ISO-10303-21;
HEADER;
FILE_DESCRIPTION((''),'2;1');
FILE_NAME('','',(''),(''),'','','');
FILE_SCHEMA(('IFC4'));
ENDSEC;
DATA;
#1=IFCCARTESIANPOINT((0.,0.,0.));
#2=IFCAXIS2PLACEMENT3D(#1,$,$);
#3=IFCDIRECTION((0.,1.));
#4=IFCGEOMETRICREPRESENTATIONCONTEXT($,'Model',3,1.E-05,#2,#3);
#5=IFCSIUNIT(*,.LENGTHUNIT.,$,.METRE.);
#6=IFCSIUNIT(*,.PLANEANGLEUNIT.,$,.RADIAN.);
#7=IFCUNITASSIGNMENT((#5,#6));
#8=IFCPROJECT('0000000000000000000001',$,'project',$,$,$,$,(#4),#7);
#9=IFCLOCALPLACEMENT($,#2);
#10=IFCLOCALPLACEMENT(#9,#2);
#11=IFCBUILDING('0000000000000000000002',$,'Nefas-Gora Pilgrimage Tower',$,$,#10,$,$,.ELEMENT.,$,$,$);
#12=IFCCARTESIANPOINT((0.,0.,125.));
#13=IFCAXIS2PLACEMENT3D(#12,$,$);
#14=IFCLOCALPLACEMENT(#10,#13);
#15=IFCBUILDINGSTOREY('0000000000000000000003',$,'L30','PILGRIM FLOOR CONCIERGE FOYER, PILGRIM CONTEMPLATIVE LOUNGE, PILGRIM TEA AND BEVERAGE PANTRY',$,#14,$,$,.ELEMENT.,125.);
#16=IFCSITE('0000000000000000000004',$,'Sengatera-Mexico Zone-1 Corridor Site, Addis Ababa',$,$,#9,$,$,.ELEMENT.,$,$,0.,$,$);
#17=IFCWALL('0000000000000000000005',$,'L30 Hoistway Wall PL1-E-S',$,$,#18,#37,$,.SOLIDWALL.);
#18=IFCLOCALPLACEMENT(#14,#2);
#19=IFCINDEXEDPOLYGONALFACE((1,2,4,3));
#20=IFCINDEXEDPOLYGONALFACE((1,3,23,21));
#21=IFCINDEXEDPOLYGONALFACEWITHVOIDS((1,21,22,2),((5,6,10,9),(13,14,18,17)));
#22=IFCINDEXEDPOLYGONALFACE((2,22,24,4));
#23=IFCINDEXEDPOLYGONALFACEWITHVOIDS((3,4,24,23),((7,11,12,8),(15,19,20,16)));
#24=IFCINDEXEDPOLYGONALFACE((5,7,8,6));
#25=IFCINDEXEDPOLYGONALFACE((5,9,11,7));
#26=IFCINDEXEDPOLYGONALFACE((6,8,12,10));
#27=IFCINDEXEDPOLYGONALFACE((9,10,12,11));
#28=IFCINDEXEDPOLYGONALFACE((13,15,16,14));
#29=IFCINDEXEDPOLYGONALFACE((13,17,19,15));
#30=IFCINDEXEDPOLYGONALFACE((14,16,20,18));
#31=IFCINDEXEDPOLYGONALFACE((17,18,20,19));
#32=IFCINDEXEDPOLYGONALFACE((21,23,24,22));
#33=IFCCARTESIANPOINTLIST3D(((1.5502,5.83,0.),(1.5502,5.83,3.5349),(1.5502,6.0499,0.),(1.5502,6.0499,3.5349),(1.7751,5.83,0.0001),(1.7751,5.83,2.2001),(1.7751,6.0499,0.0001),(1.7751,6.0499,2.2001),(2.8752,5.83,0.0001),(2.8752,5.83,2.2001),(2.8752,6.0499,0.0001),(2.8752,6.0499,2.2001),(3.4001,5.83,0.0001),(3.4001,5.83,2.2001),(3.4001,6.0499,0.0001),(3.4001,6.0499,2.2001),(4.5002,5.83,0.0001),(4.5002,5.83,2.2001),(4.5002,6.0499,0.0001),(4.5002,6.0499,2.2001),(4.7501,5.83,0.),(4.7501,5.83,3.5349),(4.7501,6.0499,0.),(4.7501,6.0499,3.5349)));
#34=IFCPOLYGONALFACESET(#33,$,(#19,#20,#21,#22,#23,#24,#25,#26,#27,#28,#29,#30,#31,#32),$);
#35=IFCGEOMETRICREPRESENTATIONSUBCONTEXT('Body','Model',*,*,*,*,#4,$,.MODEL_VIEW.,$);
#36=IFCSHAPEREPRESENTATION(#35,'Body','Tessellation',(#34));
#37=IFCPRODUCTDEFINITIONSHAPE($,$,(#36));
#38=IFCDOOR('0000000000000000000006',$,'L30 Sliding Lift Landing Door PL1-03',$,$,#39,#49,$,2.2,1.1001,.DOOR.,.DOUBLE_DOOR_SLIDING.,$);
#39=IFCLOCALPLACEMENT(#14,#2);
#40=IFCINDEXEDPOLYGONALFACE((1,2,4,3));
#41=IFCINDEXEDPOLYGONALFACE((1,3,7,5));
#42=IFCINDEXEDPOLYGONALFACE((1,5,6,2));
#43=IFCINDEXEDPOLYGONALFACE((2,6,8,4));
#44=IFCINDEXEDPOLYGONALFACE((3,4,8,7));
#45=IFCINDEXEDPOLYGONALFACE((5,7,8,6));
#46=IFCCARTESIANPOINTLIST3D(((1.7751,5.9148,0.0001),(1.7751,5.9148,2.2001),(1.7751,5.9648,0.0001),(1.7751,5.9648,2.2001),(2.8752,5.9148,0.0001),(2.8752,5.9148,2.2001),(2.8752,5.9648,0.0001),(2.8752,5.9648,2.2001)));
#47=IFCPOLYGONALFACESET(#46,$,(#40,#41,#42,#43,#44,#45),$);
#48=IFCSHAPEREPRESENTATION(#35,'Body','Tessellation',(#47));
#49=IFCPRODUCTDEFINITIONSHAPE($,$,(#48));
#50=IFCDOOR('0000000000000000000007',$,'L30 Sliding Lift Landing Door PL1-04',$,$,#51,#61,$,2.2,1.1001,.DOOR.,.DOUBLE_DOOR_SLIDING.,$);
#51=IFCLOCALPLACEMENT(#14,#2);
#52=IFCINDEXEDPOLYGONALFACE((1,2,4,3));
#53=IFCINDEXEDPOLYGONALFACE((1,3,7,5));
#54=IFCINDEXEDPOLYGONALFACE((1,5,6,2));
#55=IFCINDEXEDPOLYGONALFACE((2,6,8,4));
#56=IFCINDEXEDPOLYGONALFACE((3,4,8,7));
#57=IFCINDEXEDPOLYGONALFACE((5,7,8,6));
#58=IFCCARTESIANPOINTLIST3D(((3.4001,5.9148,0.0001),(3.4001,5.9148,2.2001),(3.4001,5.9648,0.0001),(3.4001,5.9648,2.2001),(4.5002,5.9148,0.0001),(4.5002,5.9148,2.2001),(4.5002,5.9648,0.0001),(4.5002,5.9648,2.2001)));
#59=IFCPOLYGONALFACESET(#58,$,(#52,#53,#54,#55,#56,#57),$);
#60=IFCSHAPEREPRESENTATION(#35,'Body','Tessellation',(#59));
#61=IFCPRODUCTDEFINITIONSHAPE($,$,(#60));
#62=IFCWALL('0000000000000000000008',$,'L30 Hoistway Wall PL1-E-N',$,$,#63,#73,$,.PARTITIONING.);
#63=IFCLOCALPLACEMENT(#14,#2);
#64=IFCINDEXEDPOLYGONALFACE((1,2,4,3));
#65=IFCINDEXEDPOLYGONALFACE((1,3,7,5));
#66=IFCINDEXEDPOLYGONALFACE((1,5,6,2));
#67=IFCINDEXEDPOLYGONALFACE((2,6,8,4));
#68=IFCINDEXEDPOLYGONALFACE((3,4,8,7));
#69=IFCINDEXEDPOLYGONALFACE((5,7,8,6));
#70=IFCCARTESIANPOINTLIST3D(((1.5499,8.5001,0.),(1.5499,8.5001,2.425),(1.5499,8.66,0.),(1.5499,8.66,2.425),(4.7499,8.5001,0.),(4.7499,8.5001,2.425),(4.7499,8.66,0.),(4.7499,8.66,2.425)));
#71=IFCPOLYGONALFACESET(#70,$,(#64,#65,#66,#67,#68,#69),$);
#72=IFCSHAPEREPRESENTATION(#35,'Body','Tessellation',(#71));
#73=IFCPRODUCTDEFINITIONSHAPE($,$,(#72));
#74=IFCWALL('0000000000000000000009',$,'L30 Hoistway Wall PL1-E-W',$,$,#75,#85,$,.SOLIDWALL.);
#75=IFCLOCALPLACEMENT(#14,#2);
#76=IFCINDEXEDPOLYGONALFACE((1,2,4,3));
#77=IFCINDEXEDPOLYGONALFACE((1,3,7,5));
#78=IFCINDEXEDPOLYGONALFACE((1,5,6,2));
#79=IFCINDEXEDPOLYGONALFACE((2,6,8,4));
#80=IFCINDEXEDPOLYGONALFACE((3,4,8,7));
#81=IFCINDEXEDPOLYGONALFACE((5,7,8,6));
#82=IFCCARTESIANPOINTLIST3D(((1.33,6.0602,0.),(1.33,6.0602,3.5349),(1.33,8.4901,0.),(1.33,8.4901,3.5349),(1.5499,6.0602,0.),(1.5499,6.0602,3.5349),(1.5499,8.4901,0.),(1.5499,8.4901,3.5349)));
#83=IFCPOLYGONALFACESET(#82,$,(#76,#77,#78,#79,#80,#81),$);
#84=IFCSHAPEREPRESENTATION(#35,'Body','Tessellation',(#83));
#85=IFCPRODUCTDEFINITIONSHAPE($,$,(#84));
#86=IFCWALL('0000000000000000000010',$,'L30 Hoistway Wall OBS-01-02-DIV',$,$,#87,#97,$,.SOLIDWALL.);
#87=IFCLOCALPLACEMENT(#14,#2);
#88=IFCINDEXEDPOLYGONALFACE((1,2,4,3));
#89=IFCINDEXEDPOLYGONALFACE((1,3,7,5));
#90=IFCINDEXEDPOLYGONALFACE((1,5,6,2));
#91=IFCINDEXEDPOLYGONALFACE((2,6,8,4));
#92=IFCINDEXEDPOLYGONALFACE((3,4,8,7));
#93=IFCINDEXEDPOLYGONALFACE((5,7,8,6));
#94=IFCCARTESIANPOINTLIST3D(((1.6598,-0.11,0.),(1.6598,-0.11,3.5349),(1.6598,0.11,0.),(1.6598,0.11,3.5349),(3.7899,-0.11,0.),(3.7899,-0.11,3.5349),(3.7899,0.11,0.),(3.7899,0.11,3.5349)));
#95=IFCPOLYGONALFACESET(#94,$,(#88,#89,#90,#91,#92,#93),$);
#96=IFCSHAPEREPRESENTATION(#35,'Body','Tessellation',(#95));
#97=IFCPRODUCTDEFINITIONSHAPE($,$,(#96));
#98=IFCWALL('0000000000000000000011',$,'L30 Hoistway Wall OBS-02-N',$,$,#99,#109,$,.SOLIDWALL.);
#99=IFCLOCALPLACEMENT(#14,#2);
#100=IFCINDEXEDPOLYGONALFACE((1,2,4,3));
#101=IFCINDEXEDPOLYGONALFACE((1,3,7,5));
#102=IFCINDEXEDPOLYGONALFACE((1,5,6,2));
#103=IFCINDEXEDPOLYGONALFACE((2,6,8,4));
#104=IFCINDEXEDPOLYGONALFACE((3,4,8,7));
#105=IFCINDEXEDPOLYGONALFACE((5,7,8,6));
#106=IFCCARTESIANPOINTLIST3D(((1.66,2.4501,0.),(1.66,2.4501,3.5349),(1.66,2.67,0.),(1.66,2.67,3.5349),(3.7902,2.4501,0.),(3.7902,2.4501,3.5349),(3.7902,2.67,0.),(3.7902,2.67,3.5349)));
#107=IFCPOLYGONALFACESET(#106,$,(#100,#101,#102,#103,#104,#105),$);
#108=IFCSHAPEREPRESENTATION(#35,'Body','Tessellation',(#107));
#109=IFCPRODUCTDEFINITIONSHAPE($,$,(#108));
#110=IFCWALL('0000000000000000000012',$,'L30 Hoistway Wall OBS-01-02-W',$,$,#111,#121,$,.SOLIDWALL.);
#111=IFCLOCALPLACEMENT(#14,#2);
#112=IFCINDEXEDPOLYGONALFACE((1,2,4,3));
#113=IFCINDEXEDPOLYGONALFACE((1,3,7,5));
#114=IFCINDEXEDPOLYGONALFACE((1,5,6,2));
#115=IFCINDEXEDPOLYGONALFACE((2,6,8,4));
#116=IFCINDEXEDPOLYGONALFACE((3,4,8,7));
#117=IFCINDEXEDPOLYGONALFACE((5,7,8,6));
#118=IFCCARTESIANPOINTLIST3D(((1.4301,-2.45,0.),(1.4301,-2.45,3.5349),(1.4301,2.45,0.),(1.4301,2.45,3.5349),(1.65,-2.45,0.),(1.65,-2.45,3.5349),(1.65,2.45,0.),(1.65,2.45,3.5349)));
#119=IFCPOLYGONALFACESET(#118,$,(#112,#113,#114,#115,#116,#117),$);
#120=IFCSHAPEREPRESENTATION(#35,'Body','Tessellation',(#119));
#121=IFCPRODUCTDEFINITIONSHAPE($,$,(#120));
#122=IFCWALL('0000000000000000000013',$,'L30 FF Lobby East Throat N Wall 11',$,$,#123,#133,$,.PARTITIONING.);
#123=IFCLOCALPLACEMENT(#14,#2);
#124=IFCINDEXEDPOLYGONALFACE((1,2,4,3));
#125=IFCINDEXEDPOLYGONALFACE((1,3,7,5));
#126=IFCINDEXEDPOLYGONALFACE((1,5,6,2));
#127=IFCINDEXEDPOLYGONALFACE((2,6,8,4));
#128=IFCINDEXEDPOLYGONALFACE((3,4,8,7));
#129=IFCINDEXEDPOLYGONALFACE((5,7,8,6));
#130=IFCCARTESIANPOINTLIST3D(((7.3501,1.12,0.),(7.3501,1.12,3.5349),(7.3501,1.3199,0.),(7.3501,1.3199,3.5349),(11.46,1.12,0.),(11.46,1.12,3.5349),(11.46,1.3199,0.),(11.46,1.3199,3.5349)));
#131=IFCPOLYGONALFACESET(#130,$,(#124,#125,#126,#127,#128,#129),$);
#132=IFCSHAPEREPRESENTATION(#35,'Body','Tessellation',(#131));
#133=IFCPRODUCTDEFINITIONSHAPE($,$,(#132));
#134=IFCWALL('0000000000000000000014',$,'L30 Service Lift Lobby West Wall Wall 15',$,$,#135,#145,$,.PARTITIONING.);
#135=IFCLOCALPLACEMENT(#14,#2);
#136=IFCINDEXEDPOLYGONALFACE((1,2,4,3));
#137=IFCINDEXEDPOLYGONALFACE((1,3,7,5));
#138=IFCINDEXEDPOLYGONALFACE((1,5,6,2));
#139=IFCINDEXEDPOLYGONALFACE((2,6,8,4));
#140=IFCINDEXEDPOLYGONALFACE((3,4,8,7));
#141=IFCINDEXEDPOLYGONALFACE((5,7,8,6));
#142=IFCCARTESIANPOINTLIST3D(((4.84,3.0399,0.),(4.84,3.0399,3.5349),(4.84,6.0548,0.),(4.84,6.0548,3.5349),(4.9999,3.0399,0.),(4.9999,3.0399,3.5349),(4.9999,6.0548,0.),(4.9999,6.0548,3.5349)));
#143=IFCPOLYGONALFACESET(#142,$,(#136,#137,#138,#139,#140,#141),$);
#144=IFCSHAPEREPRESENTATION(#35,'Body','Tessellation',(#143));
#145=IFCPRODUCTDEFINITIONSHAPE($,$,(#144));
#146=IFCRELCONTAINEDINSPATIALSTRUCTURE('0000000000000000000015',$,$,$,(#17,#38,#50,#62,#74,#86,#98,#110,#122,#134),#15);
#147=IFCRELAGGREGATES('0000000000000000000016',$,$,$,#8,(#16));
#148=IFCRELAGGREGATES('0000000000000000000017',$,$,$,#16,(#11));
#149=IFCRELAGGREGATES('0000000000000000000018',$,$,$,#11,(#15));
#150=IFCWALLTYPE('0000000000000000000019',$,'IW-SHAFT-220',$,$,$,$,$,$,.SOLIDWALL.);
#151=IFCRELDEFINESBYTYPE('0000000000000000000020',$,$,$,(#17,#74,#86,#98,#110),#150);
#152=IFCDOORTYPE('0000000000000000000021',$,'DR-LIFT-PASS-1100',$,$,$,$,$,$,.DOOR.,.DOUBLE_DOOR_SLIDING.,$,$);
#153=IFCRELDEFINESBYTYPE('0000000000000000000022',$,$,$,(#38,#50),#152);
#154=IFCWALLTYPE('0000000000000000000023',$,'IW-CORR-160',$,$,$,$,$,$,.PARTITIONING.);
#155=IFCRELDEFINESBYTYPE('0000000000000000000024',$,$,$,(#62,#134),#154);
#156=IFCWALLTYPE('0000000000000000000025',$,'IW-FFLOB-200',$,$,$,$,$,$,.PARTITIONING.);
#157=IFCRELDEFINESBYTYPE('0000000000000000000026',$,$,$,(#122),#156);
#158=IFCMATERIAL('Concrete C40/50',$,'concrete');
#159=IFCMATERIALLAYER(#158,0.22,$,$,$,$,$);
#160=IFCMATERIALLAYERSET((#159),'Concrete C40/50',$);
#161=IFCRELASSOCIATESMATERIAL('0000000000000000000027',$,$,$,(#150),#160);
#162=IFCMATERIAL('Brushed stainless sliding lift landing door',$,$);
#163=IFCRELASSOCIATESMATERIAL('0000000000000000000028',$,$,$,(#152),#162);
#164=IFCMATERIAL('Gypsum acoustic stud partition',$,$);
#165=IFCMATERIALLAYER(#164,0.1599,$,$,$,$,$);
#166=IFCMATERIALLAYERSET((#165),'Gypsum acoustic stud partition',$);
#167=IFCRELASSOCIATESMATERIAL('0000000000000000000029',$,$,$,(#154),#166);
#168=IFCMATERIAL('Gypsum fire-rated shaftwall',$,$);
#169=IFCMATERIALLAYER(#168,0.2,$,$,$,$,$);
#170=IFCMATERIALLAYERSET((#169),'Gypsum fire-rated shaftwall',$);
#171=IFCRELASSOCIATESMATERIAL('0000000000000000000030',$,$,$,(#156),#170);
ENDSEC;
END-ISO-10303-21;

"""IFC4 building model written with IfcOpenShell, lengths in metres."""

from ifc_helpers import new_model, si_unit, direction, frame, frame_2d, origin, place, context, subcontext, project, spatial, rectangle, extrude, source, transform, mapped, material, layer, layer_set, type_object, element, fill, save


model = new_model("IFC4")

# Units and contexts
model_context = context("Model", 3, precision=1e-05, world=origin(), true_north=direction((0.0, 1.0)))
body_context = subcontext(model_context, "Body", "Model", "MODEL_VIEW")
ifc_project = project(units=[si_unit("LENGTHUNIT", "METRE"), si_unit("PLANEANGLEUNIT", "RADIAN")], contexts=[model_context])

# Site, building, storey
site_placement = place(None, origin())
site = spatial("IfcSite", under=ifc_project, at=site_placement, Name="Sengatera-Mexico Zone-1 Corridor Site, Addis Ababa", CompositionType="ELEMENT", RefElevation=0.0)
building_placement = place(site_placement, origin())
building = spatial("IfcBuilding", under=site, at=building_placement, Name="Nefas-Gora Pilgrimage Tower", CompositionType="ELEMENT")
storey_placement = place(building_placement, frame((0.0, 0.0, 125.0)))
storey = spatial("IfcBuildingStorey", under=building, at=storey_placement, Name="L30", Description="PILGRIM FLOOR CONCIERGE FOYER, PILGRIM CONTEMPLATIVE LOUNGE, PILGRIM TEA AND BEVERAGE PANTRY", CompositionType="ELEMENT", Elevation=125.0)

# Shared definitions
ifc_material_1 = material(Name="Concrete C40/50", Category="concrete")
ifc_layer_1 = layer(ifc_material_1, 0.22)
ifc_layer_set_1 = layer_set([ifc_layer_1], Name="Concrete C40/50")
wall_type_1 = type_object("IfcWallType", Name="IW-SHAFT-220", PredefinedType="SOLIDWALL", material=ifc_layer_set_1)

# Wall, openings, doors
shared_shape_1 = source(origin(), body_context, "Body", "SweptSolid", [
    extrude(rectangle(XDim=3.2, YDim=0.22, at=frame_2d((1.6001, 0.0))), origin(), (0.0, 0.0, 1.0), 3.5349),
])
wall_1_placement = place(storey_placement, frame((1.55, 5.9399, 0.0), z_axis=(0.0, 0.0, 1.0), x_axis=(1.0, 0.0, 0.0)))
wall_1 = element("IfcWall", 1, at=wall_1_placement, inside=storey, type_object=wall_type_1, Name="L30 Hoistway Wall PL1-E-S", PredefinedType="SOLIDWALL", context=body_context, shape_type="MappedRepresentation", body=[
    mapped(shared_shape_1, transform((0.0, 0.0, 0.0), x_axis=(1.0, 0.0, 0.0), y_axis=(0.0, 1.0, 0.0), z_axis=(0.0, 0.0, 1.0), scale=1.0)),
])
opening_1_placement = place(wall_1_placement, frame((0.2251, 0.0, 0.0)))
opening_1 = element("IfcOpeningElement", 2, at=opening_1_placement, cuts=wall_1, PredefinedType="OPENING", context=body_context, shape_type="SweptSolid", body=[
    extrude(rectangle(XDim=1.1001, YDim=2.2, at=frame_2d((0.55, 1.1001))), frame((0.0, 0.1199, 0.0), z_axis=(0.0, -1.0, 0.0), x_axis=(1.0, 0.0, 0.0)), (0.0, 0.0, 1.0), 0.24),
])
opening_2_placement = place(wall_1_placement, frame((1.8501, 0.0, 0.0)))
opening_2 = element("IfcOpeningElement", 3, at=opening_2_placement, cuts=wall_1, PredefinedType="OPENING", context=body_context, shape_type="SweptSolid", body=[
    extrude(rectangle(XDim=1.1001, YDim=2.2, at=frame_2d((0.55, 1.1001))), frame((0.0, 0.1199, 0.0), z_axis=(0.0, -1.0, 0.0), x_axis=(1.0, 0.0, 0.0)), (0.0, 0.0, 1.0), 0.24),
])
ifc_material_2 = material(Name="Brushed stainless sliding lift landing door")
door_type_1 = type_object("IfcDoorType", Name="DR-LIFT-PASS-1100", OperationType="DOUBLE_DOOR_SLIDING", PredefinedType="DOOR", material=ifc_material_2)
shared_shape_2 = source(origin(), body_context, "Body", "SweptSolid", [
    extrude(rectangle(XDim=1.1001, YDim=2.2, at=frame_2d((0.55, 1.1001))), frame((0.0, 0.0249, 0.0), z_axis=(0.0, -1.0, 0.0), x_axis=(1.0, 0.0, 0.0)), (0.0, 0.0, 1.0), 0.05),
])
door_1_placement = place(opening_1_placement, origin())
door_1 = element("IfcDoor", 4, at=door_1_placement, inside=storey, type_object=door_type_1, Name="L30 Sliding Lift Landing Door PL1-03", OperationType="DOUBLE_DOOR_SLIDING", OverallHeight=2.2, OverallWidth=1.1001, PredefinedType="DOOR", context=body_context, shape_type="MappedRepresentation", body=[
    mapped(shared_shape_2, transform((0.0, 0.0, 0.0), x_axis=(1.0, 0.0, 0.0), y_axis=(0.0, 1.0, 0.0), z_axis=(0.0, 0.0, 1.0), scale=1.0)),
])
fill(opening_1, door_1)
door_2_placement = place(opening_2_placement, origin())
door_2 = element("IfcDoor", 5, at=door_2_placement, inside=storey, type_object=door_type_1, Name="L30 Sliding Lift Landing Door PL1-04", OperationType="DOUBLE_DOOR_SLIDING", OverallHeight=2.2, OverallWidth=1.1001, PredefinedType="DOOR", context=body_context, shape_type="MappedRepresentation", body=[
    mapped(shared_shape_2, transform((0.0, 0.0, 0.0), x_axis=(1.0, 0.0, 0.0), y_axis=(0.0, 1.0, 0.0), z_axis=(0.0, 0.0, 1.0), scale=1.0)),
])
fill(opening_2, door_2)

# Walls
ifc_material_3 = material(Name="Gypsum acoustic stud partition")
ifc_layer_2 = layer(ifc_material_3, 0.1599)
ifc_layer_set_2 = layer_set([ifc_layer_2], Name="Gypsum acoustic stud partition")
wall_type_2 = type_object("IfcWallType", Name="IW-CORR-160", PredefinedType="PARTITIONING", material=ifc_layer_set_2)
shared_shape_3 = source(origin(), body_context, "Body", "SweptSolid", [
    extrude(rectangle(XDim=3.2, YDim=0.1599, at=frame_2d((1.6001, 0.0))), origin(), (0.0, 0.0, 1.0), 2.425),
])
wall_2_placement = place(storey_placement, frame((4.75, 8.5801, 0.0), z_axis=(0.0, 0.0, 1.0), x_axis=(-1.0, 0.0, 0.0)))
element("IfcWall", 6, at=wall_2_placement, inside=storey, type_object=wall_type_2, Name="L30 Hoistway Wall PL1-E-N", PredefinedType="PARTITIONING", context=body_context, shape_type="MappedRepresentation", body=[
    mapped(shared_shape_3, transform((0.0, 0.0, 0.0), x_axis=(1.0, 0.0, 0.0), y_axis=(0.0, 1.0, 0.0), z_axis=(0.0, 0.0, 1.0), scale=1.0)),
])
shared_shape_4 = source(origin(), body_context, "Body", "SweptSolid", [
    extrude(rectangle(XDim=2.4299, YDim=0.22, at=frame_2d((1.2148, 0.0))), origin(), (0.0, 0.0, 1.0), 3.5349),
])
for number, where, z_axis, x_axis, name in (
    (7, (1.4399, 8.49, 0.0), (0.0, 0.0, 1.0), (0.0, -1.0, 0.0), "L30 Hoistway Wall PL1-E-W"),
):
    element("IfcWall", number, at=place(storey_placement, frame(where, z_axis=z_axis, x_axis=x_axis)), inside=storey, type_object=wall_type_1, Name=name, PredefinedType="SOLIDWALL", context=body_context, shape_type="MappedRepresentation", body=[
        mapped(shared_shape_4, transform((0.0, 0.0, 0.0), x_axis=(1.0, 0.0, 0.0), y_axis=(0.0, 1.0, 0.0), z_axis=(0.0, 0.0, 1.0), scale=1.0)),
    ])
shared_shape_5 = source(origin(), body_context, "Body", "SweptSolid", [
    extrude(rectangle(XDim=2.1301, YDim=0.22, at=frame_2d((1.0649, 0.0))), origin(), (0.0, 0.0, 1.0), 3.5349),
])
for number, where, z_axis, x_axis, name in (
    (8, (1.6599, 0.0, 0.0), (0.0, 0.0, 1.0), (1.0, 0.0, 0.0), "L30 Hoistway Wall OBS-01-02-DIV"),
    (9, (3.79, 2.5601, 0.0), (0.0, 0.0, 1.0), (-1.0, 0.0, 0.0), "L30 Hoistway Wall OBS-02-N"),
):
    element("IfcWall", number, at=place(storey_placement, frame(where, z_axis=z_axis, x_axis=x_axis)), inside=storey, type_object=wall_type_1, Name=name, PredefinedType="SOLIDWALL", context=body_context, shape_type="MappedRepresentation", body=[
        mapped(shared_shape_5, transform((0.0, 0.0, 0.0), x_axis=(1.0, 0.0, 0.0), y_axis=(0.0, 1.0, 0.0), z_axis=(0.0, 0.0, 1.0), scale=1.0)),
    ])
shared_shape_6 = source(origin(), body_context, "Body", "SweptSolid", [
    extrude(rectangle(XDim=4.8999, YDim=0.22, at=frame_2d((2.45, 0.0))), origin(), (0.0, 0.0, 1.0), 3.5349),
])
wall_3_placement = place(storey_placement, frame((1.54, 2.45, 0.0), z_axis=(0.0, 0.0, 1.0), x_axis=(0.0, -1.0, 0.0)))
element("IfcWall", 10, at=wall_3_placement, inside=storey, type_object=wall_type_1, Name="L30 Hoistway Wall OBS-01-02-W", PredefinedType="SOLIDWALL", context=body_context, shape_type="MappedRepresentation", body=[
    mapped(shared_shape_6, transform((0.0, 0.0, 0.0), x_axis=(1.0, 0.0, 0.0), y_axis=(0.0, 1.0, 0.0), z_axis=(0.0, 0.0, 1.0), scale=1.0)),
])

# Shared definitions
ifc_material_4 = material(Name="Gypsum fire-rated shaftwall")
ifc_layer_3 = layer(ifc_material_4, 0.2)
ifc_layer_set_3 = layer_set([ifc_layer_3], Name="Gypsum fire-rated shaftwall")
wall_type_3 = type_object("IfcWallType", Name="IW-FFLOB-200", PredefinedType="PARTITIONING", material=ifc_layer_set_3)

# Walls
shared_shape_7 = source(origin(), body_context, "Body", "SweptSolid", [
    extrude(rectangle(XDim=4.1099, YDim=0.2, at=frame_2d((2.0549, 0.0))), origin(), (0.0, 0.0, 1.0), 3.5349),
])
wall_4_placement = place(storey_placement, frame((7.3501, 1.22, 0.0), z_axis=(0.0, 0.0, 1.0), x_axis=(1.0, 0.0, 0.0)))
element("IfcWall", 11, at=wall_4_placement, inside=storey, type_object=wall_type_3, Name="L30 FF Lobby East Throat N Wall 11", PredefinedType="PARTITIONING", context=body_context, shape_type="MappedRepresentation", body=[
    mapped(shared_shape_7, transform((0.0, 0.0, 0.0), x_axis=(1.0, 0.0, 0.0), y_axis=(0.0, 1.0, 0.0), z_axis=(0.0, 0.0, 1.0), scale=1.0)),
])
shared_shape_8 = source(origin(), body_context, "Body", "SweptSolid", [
    extrude(rectangle(XDim=3.0149, YDim=0.1599, at=frame_2d((1.5073, 0.0))), origin(), (0.0, 0.0, 1.0), 3.5349),
])
wall_5_placement = place(storey_placement, frame((4.9199, 3.04, 0.0), z_axis=(0.0, 0.0, 1.0), x_axis=(0.0, 1.0, 0.0)))
element("IfcWall", 12, at=wall_5_placement, inside=storey, type_object=wall_type_2, Name="L30 Service Lift Lobby West Wall Wall 15", PredefinedType="PARTITIONING", context=body_context, shape_type="MappedRepresentation", body=[
    mapped(shared_shape_8, transform((0.0, 0.0, 0.0), x_axis=(1.0, 0.0, 0.0), y_axis=(0.0, 1.0, 0.0), z_axis=(0.0, 0.0, 1.0), scale=1.0)),
])

save(model, "model.ifc")
